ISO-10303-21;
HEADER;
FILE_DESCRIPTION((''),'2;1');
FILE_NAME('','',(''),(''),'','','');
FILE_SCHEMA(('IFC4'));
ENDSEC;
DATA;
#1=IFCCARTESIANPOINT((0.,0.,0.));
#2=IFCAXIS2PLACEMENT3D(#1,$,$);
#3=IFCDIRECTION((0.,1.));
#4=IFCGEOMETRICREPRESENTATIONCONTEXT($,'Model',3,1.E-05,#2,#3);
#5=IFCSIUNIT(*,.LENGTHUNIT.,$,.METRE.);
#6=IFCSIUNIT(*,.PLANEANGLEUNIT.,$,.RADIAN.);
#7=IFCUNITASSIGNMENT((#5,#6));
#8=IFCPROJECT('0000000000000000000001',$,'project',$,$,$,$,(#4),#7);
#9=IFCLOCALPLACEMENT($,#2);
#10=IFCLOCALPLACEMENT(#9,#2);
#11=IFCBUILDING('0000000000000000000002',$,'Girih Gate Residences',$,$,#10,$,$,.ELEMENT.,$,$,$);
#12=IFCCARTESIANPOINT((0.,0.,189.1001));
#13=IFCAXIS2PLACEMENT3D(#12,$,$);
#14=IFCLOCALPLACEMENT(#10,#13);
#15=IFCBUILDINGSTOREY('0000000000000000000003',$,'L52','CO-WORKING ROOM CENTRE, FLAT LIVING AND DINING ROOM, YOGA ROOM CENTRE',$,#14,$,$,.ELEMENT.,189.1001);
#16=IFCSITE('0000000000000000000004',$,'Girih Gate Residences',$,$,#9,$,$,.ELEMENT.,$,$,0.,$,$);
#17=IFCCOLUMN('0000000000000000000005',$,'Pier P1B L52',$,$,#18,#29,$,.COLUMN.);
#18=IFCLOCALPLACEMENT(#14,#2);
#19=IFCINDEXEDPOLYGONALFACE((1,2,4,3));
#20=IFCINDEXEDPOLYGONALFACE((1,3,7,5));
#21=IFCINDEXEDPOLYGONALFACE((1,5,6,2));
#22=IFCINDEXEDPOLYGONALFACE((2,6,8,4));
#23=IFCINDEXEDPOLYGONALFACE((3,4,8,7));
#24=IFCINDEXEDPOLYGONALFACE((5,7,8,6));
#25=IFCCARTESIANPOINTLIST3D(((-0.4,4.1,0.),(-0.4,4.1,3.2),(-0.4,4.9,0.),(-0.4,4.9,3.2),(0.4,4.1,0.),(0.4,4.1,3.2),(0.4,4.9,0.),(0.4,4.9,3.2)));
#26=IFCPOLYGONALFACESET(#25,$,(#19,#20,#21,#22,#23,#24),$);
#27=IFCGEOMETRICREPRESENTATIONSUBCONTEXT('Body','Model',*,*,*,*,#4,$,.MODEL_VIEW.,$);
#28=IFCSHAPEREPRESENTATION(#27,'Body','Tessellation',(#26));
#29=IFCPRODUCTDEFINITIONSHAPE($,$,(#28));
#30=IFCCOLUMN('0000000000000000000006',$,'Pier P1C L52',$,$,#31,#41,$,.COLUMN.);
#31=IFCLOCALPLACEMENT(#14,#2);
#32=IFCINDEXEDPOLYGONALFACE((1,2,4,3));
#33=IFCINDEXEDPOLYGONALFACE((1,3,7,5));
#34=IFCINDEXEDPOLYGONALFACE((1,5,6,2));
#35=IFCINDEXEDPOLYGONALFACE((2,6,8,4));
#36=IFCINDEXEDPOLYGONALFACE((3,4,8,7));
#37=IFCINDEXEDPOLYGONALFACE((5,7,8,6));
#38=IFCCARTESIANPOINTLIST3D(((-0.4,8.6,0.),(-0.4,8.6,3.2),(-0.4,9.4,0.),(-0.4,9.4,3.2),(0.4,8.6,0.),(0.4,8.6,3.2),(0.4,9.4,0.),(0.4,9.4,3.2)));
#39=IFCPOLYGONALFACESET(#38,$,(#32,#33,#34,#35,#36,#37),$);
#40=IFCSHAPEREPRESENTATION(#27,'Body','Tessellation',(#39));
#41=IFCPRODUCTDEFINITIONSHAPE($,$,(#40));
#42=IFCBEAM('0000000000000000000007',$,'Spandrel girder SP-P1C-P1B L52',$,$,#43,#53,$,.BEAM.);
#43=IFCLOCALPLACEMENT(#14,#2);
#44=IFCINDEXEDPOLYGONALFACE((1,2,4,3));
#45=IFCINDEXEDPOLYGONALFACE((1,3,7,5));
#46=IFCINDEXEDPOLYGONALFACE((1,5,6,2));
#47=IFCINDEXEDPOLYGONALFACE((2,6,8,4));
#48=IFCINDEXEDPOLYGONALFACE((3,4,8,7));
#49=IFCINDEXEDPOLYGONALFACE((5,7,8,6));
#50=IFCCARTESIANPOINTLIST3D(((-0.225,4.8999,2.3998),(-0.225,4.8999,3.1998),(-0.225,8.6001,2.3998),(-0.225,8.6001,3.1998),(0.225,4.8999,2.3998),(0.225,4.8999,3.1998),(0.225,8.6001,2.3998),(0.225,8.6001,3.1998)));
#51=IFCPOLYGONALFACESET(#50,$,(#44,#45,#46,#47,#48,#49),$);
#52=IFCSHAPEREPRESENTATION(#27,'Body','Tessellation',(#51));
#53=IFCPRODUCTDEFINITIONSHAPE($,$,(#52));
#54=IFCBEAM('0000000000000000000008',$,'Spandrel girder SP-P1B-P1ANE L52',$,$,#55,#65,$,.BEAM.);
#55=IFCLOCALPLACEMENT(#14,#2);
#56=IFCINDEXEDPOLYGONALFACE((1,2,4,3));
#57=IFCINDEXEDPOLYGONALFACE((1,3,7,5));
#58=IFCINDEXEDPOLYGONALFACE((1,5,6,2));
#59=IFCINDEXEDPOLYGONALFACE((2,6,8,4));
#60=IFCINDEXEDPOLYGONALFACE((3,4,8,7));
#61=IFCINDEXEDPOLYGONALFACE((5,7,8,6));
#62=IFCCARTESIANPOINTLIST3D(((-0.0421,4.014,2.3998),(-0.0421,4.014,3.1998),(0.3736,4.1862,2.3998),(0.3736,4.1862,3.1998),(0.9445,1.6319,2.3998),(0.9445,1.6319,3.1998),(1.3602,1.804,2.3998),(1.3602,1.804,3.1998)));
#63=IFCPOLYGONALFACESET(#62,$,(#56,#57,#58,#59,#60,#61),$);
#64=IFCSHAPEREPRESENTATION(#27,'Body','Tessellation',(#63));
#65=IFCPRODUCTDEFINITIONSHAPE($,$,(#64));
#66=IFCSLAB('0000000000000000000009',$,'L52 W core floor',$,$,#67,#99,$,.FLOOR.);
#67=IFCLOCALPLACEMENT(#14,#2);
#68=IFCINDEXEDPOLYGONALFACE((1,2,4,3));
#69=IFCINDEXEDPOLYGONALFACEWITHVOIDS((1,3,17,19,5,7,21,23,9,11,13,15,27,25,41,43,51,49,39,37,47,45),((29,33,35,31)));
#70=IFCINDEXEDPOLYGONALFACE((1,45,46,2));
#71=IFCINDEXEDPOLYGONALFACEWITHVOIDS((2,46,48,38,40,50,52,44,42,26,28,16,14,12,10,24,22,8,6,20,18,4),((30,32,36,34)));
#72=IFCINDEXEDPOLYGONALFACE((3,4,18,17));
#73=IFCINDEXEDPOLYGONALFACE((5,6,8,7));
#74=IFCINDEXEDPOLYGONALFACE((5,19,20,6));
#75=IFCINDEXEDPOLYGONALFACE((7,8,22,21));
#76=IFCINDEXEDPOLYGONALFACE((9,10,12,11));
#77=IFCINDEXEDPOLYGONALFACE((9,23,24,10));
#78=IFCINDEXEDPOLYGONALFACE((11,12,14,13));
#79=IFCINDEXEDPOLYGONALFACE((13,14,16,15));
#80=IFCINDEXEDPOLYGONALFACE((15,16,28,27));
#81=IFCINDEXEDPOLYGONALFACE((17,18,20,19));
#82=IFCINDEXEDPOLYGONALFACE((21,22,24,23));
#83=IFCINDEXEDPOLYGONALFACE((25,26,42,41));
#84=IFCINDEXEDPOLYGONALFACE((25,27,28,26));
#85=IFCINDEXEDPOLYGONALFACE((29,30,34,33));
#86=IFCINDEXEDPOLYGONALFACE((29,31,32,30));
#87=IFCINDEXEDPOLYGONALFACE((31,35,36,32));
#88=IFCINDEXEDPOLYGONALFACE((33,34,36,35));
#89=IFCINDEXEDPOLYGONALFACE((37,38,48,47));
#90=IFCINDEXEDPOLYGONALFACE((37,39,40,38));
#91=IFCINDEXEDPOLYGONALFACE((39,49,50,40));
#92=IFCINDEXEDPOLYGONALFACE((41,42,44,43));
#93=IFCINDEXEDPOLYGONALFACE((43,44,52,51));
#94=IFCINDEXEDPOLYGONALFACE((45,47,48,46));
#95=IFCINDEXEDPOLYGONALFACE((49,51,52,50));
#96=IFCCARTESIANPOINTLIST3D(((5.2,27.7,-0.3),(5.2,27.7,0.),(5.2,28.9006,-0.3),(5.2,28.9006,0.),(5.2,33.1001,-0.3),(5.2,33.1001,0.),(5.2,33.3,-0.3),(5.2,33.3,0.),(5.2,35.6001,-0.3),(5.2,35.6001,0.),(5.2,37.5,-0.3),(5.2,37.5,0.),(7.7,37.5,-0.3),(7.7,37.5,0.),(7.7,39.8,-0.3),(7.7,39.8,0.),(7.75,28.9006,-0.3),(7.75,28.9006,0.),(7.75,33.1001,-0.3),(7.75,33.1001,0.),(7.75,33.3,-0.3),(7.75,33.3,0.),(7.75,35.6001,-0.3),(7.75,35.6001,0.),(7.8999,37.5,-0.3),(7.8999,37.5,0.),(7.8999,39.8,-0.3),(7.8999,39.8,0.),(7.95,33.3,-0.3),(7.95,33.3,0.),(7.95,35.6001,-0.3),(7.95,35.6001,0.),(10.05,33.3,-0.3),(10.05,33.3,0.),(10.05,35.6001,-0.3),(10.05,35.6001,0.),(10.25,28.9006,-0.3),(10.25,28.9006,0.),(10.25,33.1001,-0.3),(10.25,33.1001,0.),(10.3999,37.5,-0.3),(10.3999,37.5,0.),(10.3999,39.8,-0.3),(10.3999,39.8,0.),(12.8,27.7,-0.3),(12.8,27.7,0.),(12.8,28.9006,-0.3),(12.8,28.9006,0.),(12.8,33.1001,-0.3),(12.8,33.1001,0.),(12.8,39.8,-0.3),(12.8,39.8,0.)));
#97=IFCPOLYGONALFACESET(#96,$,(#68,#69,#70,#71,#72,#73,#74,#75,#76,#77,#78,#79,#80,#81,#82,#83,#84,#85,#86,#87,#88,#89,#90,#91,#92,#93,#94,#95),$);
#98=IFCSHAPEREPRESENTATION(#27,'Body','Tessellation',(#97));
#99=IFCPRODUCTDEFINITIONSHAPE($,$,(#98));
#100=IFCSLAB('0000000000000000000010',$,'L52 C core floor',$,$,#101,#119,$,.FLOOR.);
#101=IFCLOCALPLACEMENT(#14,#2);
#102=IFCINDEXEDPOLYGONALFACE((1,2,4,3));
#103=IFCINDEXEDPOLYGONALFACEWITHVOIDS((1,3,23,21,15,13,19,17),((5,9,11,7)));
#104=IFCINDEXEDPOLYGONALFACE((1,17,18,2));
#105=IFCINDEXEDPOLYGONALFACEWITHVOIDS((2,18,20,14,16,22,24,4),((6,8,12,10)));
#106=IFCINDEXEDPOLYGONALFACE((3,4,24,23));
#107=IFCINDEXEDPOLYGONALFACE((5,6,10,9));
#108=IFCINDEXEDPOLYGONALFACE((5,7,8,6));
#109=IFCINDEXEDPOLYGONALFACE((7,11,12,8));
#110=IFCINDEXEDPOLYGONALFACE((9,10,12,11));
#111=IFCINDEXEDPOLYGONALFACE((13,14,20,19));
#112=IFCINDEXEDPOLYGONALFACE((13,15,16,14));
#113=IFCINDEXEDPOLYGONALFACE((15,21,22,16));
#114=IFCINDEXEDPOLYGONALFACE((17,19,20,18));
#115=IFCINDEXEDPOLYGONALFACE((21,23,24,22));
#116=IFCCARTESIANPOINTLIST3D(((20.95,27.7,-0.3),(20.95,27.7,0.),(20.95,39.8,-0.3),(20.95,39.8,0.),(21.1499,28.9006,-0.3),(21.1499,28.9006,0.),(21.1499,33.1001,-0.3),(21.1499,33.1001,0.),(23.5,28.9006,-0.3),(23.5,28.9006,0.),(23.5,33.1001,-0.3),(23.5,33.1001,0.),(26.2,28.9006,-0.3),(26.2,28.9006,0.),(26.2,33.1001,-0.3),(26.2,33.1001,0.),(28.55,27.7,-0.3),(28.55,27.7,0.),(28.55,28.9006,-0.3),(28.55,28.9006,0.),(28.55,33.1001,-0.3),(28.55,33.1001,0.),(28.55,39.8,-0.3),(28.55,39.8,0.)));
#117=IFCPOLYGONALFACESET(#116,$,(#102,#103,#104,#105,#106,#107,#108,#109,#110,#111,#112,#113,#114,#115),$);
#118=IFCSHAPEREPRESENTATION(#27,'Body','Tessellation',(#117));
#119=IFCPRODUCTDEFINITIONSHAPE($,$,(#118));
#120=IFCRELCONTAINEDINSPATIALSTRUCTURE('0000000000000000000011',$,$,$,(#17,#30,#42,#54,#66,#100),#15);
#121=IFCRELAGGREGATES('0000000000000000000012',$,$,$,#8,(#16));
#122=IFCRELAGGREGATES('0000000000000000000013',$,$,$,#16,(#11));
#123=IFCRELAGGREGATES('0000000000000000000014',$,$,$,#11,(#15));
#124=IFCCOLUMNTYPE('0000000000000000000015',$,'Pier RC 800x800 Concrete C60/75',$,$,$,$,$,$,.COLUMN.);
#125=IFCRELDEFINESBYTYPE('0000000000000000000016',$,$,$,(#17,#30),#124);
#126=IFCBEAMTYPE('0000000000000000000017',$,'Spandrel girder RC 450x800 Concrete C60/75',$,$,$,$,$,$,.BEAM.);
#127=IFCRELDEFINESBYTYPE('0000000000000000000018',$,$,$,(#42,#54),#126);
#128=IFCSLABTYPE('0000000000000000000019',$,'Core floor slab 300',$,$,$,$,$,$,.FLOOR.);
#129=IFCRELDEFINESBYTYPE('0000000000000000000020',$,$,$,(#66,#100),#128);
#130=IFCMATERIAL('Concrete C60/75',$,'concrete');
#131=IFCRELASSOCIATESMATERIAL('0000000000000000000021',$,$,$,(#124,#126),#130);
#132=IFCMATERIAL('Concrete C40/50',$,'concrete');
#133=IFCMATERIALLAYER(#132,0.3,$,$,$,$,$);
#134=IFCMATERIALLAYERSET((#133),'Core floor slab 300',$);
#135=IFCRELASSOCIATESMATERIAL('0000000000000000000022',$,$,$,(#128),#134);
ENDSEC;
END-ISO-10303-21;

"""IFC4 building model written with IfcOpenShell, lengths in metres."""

from ifc_helpers import new_model, si_unit, direction, frame, origin, origin_2d, place, context, subcontext, project, spatial, polyline, rectangle, outline, extrude, material, layer, layer_set, material_profile, profile_set, type_object, element, save


model = new_model("IFC4")

# Units and contexts
model_context = context("Model", 3, precision=1e-05, world=origin(), true_north=direction((0.0, 1.0)))
body_context = subcontext(model_context, "Body", "Model", "MODEL_VIEW")
ifc_project = project(units=[si_unit("LENGTHUNIT", "METRE"), si_unit("PLANEANGLEUNIT", "RADIAN")], contexts=[model_context])

# Site, building, storey
site_placement = place(None, origin())
site = spatial("IfcSite", under=ifc_project, at=site_placement, Name="Girih Gate Residences", CompositionType="ELEMENT", RefElevation=0.0)
building_placement = place(site_placement, origin())
building = spatial("IfcBuilding", under=site, at=building_placement, Name="Girih Gate Residences", CompositionType="ELEMENT")
storey_placement = place(building_placement, frame((0.0, 0.0, 189.1001)))
storey = spatial("IfcBuildingStorey", under=building, at=storey_placement, Name="L52", Description="CO-WORKING ROOM CENTRE, FLAT LIVING AND DINING ROOM, YOGA ROOM CENTRE", CompositionType="ELEMENT", Elevation=189.1001)

# Columns
ifc_material_1 = material(Name="Concrete C60/75", Category="concrete")
ifc_material_profile_1 = material_profile(ifc_material_1, rectangle(XDim=0.8, YDim=0.8, at=origin_2d()))
ifc_profile_set_1 = profile_set([ifc_material_profile_1], Name="Concrete C60/75")
column_type = type_object("IfcColumnType", Name="Pier RC 800x800 Concrete C60/75", PredefinedType="COLUMN", material=ifc_profile_set_1)
for number, where, z_axis, x_axis, name in (
    (1, (0.0, 4.5, 0.0), (0.0, 0.0, 1.0), (1.0, 0.0, 0.0), "Pier P1B L52"),
    (2, (0.0, 9.0, 0.0), (0.0, 0.0, 1.0), (1.0, 0.0, 0.0), "Pier P1C L52"),
):
    element("IfcColumn", number, at=place(storey_placement, frame(where, z_axis=z_axis, x_axis=x_axis)), inside=storey, type_object=column_type, Name=name, PredefinedType="COLUMN", context=body_context, shape_type="SweptSolid", body=[
        extrude(rectangle(XDim=0.8, YDim=0.8, at=origin_2d()), origin(), (0.0, 0.0, 1.0), 3.2),
    ])

# Beams
ifc_material_profile_2 = material_profile(ifc_material_1, rectangle(XDim=0.45, YDim=0.8, at=origin_2d()))
ifc_profile_set_2 = profile_set([ifc_material_profile_2], Name="Concrete C60/75")
beam_type = type_object("IfcBeamType", Name="Spandrel girder RC 450x800 Concrete C60/75", PredefinedType="BEAM", material=ifc_profile_set_2)
beam_1_placement = place(storey_placement, frame((0.0, 8.6001, 2.7998), z_axis=(0.0, -1.0, 0.0), x_axis=(1.0, 0.0, 0.0)))
element("IfcBeam", 3, at=beam_1_placement, inside=storey, type_object=beam_type, Name="Spandrel girder SP-P1C-P1B L52", PredefinedType="BEAM", context=body_context, shape_type="SweptSolid", body=[
    extrude(rectangle(XDim=0.45, YDim=0.8, at=origin_2d()), origin(), (0.0, 0.0, 1.0), 3.7002),
])
beam_2_placement = place(storey_placement, frame((0.1658, 4.1001, 2.7998), z_axis=(0.382644, -0.923896, 0.0), x_axis=(0.923896, 0.382644, 0.0)))
element("IfcBeam", 4, at=beam_2_placement, inside=storey, type_object=beam_type, Name="Spandrel girder SP-P1B-P1ANE L52", PredefinedType="BEAM", context=body_context, shape_type="SweptSolid", body=[
    extrude(rectangle(XDim=0.45, YDim=0.8, at=origin_2d()), origin(), (0.0, 0.0, 1.0), 2.5784),
])

# Slabs
ifc_material_2 = material(Name="Concrete C40/50", Category="concrete")
ifc_layer_1 = layer(ifc_material_2, 0.3)
ifc_layer_set_1 = layer_set([ifc_layer_1], Name="Core floor slab 300")
slab_type_1 = type_object("IfcSlabType", Name="Core floor slab 300", PredefinedType="FLOOR", material=ifc_layer_set_1)
slab_1_placement = place(storey_placement, frame((0.0, 0.0, -0.3)))
element("IfcSlab", 5, at=slab_1_placement, inside=storey, type_object=slab_type_1, Name="L52 W core floor", PredefinedType="FLOOR", context=body_context, shape_type="SweptSolid", body=[
    extrude(outline(polyline([(12.8, 27.7), (5.2, 27.7), (5.2, 28.9006), (7.75, 28.9006), (7.75, 33.1001), (5.2, 33.1001), (5.2, 33.3), (7.75, 33.3), (7.75, 35.6001), (5.2, 35.6001), (5.2, 37.5), (7.7, 37.5), (7.7, 39.8), (7.8999, 39.8), (7.8999, 37.5), (10.3999, 37.5), (10.3999, 39.8), (12.8, 39.8), (12.8, 33.1001), (10.25, 33.1001), (10.25, 28.9006), (12.8, 28.9006), (12.8, 27.7)]), holes=[polyline([(7.95, 33.3), (10.05, 33.3), (10.05, 35.6001), (7.95, 35.6001), (7.95, 33.3)])]), origin(), (0.0, 0.0, 1.0), 0.3),
])
slab_2_placement = place(storey_placement, frame((0.0, 0.0, -0.3)))
element("IfcSlab", 6, at=slab_2_placement, inside=storey, type_object=slab_type_1, Name="L52 C core floor", PredefinedType="FLOOR", context=body_context, shape_type="SweptSolid", body=[
    extrude(outline(polyline([(28.55, 27.7), (20.95, 27.7), (20.95, 39.8), (28.55, 39.8), (28.55, 33.1001), (26.2, 33.1001), (26.2, 28.9006), (28.55, 28.9006), (28.55, 27.7)]), holes=[polyline([(23.5, 28.9006), (23.5, 33.1001), (21.1499, 33.1001), (21.1499, 28.9006), (23.5, 28.9006)])]), origin(), (0.0, 0.0, 1.0), 0.3),
])

save(model, "model.ifc")
